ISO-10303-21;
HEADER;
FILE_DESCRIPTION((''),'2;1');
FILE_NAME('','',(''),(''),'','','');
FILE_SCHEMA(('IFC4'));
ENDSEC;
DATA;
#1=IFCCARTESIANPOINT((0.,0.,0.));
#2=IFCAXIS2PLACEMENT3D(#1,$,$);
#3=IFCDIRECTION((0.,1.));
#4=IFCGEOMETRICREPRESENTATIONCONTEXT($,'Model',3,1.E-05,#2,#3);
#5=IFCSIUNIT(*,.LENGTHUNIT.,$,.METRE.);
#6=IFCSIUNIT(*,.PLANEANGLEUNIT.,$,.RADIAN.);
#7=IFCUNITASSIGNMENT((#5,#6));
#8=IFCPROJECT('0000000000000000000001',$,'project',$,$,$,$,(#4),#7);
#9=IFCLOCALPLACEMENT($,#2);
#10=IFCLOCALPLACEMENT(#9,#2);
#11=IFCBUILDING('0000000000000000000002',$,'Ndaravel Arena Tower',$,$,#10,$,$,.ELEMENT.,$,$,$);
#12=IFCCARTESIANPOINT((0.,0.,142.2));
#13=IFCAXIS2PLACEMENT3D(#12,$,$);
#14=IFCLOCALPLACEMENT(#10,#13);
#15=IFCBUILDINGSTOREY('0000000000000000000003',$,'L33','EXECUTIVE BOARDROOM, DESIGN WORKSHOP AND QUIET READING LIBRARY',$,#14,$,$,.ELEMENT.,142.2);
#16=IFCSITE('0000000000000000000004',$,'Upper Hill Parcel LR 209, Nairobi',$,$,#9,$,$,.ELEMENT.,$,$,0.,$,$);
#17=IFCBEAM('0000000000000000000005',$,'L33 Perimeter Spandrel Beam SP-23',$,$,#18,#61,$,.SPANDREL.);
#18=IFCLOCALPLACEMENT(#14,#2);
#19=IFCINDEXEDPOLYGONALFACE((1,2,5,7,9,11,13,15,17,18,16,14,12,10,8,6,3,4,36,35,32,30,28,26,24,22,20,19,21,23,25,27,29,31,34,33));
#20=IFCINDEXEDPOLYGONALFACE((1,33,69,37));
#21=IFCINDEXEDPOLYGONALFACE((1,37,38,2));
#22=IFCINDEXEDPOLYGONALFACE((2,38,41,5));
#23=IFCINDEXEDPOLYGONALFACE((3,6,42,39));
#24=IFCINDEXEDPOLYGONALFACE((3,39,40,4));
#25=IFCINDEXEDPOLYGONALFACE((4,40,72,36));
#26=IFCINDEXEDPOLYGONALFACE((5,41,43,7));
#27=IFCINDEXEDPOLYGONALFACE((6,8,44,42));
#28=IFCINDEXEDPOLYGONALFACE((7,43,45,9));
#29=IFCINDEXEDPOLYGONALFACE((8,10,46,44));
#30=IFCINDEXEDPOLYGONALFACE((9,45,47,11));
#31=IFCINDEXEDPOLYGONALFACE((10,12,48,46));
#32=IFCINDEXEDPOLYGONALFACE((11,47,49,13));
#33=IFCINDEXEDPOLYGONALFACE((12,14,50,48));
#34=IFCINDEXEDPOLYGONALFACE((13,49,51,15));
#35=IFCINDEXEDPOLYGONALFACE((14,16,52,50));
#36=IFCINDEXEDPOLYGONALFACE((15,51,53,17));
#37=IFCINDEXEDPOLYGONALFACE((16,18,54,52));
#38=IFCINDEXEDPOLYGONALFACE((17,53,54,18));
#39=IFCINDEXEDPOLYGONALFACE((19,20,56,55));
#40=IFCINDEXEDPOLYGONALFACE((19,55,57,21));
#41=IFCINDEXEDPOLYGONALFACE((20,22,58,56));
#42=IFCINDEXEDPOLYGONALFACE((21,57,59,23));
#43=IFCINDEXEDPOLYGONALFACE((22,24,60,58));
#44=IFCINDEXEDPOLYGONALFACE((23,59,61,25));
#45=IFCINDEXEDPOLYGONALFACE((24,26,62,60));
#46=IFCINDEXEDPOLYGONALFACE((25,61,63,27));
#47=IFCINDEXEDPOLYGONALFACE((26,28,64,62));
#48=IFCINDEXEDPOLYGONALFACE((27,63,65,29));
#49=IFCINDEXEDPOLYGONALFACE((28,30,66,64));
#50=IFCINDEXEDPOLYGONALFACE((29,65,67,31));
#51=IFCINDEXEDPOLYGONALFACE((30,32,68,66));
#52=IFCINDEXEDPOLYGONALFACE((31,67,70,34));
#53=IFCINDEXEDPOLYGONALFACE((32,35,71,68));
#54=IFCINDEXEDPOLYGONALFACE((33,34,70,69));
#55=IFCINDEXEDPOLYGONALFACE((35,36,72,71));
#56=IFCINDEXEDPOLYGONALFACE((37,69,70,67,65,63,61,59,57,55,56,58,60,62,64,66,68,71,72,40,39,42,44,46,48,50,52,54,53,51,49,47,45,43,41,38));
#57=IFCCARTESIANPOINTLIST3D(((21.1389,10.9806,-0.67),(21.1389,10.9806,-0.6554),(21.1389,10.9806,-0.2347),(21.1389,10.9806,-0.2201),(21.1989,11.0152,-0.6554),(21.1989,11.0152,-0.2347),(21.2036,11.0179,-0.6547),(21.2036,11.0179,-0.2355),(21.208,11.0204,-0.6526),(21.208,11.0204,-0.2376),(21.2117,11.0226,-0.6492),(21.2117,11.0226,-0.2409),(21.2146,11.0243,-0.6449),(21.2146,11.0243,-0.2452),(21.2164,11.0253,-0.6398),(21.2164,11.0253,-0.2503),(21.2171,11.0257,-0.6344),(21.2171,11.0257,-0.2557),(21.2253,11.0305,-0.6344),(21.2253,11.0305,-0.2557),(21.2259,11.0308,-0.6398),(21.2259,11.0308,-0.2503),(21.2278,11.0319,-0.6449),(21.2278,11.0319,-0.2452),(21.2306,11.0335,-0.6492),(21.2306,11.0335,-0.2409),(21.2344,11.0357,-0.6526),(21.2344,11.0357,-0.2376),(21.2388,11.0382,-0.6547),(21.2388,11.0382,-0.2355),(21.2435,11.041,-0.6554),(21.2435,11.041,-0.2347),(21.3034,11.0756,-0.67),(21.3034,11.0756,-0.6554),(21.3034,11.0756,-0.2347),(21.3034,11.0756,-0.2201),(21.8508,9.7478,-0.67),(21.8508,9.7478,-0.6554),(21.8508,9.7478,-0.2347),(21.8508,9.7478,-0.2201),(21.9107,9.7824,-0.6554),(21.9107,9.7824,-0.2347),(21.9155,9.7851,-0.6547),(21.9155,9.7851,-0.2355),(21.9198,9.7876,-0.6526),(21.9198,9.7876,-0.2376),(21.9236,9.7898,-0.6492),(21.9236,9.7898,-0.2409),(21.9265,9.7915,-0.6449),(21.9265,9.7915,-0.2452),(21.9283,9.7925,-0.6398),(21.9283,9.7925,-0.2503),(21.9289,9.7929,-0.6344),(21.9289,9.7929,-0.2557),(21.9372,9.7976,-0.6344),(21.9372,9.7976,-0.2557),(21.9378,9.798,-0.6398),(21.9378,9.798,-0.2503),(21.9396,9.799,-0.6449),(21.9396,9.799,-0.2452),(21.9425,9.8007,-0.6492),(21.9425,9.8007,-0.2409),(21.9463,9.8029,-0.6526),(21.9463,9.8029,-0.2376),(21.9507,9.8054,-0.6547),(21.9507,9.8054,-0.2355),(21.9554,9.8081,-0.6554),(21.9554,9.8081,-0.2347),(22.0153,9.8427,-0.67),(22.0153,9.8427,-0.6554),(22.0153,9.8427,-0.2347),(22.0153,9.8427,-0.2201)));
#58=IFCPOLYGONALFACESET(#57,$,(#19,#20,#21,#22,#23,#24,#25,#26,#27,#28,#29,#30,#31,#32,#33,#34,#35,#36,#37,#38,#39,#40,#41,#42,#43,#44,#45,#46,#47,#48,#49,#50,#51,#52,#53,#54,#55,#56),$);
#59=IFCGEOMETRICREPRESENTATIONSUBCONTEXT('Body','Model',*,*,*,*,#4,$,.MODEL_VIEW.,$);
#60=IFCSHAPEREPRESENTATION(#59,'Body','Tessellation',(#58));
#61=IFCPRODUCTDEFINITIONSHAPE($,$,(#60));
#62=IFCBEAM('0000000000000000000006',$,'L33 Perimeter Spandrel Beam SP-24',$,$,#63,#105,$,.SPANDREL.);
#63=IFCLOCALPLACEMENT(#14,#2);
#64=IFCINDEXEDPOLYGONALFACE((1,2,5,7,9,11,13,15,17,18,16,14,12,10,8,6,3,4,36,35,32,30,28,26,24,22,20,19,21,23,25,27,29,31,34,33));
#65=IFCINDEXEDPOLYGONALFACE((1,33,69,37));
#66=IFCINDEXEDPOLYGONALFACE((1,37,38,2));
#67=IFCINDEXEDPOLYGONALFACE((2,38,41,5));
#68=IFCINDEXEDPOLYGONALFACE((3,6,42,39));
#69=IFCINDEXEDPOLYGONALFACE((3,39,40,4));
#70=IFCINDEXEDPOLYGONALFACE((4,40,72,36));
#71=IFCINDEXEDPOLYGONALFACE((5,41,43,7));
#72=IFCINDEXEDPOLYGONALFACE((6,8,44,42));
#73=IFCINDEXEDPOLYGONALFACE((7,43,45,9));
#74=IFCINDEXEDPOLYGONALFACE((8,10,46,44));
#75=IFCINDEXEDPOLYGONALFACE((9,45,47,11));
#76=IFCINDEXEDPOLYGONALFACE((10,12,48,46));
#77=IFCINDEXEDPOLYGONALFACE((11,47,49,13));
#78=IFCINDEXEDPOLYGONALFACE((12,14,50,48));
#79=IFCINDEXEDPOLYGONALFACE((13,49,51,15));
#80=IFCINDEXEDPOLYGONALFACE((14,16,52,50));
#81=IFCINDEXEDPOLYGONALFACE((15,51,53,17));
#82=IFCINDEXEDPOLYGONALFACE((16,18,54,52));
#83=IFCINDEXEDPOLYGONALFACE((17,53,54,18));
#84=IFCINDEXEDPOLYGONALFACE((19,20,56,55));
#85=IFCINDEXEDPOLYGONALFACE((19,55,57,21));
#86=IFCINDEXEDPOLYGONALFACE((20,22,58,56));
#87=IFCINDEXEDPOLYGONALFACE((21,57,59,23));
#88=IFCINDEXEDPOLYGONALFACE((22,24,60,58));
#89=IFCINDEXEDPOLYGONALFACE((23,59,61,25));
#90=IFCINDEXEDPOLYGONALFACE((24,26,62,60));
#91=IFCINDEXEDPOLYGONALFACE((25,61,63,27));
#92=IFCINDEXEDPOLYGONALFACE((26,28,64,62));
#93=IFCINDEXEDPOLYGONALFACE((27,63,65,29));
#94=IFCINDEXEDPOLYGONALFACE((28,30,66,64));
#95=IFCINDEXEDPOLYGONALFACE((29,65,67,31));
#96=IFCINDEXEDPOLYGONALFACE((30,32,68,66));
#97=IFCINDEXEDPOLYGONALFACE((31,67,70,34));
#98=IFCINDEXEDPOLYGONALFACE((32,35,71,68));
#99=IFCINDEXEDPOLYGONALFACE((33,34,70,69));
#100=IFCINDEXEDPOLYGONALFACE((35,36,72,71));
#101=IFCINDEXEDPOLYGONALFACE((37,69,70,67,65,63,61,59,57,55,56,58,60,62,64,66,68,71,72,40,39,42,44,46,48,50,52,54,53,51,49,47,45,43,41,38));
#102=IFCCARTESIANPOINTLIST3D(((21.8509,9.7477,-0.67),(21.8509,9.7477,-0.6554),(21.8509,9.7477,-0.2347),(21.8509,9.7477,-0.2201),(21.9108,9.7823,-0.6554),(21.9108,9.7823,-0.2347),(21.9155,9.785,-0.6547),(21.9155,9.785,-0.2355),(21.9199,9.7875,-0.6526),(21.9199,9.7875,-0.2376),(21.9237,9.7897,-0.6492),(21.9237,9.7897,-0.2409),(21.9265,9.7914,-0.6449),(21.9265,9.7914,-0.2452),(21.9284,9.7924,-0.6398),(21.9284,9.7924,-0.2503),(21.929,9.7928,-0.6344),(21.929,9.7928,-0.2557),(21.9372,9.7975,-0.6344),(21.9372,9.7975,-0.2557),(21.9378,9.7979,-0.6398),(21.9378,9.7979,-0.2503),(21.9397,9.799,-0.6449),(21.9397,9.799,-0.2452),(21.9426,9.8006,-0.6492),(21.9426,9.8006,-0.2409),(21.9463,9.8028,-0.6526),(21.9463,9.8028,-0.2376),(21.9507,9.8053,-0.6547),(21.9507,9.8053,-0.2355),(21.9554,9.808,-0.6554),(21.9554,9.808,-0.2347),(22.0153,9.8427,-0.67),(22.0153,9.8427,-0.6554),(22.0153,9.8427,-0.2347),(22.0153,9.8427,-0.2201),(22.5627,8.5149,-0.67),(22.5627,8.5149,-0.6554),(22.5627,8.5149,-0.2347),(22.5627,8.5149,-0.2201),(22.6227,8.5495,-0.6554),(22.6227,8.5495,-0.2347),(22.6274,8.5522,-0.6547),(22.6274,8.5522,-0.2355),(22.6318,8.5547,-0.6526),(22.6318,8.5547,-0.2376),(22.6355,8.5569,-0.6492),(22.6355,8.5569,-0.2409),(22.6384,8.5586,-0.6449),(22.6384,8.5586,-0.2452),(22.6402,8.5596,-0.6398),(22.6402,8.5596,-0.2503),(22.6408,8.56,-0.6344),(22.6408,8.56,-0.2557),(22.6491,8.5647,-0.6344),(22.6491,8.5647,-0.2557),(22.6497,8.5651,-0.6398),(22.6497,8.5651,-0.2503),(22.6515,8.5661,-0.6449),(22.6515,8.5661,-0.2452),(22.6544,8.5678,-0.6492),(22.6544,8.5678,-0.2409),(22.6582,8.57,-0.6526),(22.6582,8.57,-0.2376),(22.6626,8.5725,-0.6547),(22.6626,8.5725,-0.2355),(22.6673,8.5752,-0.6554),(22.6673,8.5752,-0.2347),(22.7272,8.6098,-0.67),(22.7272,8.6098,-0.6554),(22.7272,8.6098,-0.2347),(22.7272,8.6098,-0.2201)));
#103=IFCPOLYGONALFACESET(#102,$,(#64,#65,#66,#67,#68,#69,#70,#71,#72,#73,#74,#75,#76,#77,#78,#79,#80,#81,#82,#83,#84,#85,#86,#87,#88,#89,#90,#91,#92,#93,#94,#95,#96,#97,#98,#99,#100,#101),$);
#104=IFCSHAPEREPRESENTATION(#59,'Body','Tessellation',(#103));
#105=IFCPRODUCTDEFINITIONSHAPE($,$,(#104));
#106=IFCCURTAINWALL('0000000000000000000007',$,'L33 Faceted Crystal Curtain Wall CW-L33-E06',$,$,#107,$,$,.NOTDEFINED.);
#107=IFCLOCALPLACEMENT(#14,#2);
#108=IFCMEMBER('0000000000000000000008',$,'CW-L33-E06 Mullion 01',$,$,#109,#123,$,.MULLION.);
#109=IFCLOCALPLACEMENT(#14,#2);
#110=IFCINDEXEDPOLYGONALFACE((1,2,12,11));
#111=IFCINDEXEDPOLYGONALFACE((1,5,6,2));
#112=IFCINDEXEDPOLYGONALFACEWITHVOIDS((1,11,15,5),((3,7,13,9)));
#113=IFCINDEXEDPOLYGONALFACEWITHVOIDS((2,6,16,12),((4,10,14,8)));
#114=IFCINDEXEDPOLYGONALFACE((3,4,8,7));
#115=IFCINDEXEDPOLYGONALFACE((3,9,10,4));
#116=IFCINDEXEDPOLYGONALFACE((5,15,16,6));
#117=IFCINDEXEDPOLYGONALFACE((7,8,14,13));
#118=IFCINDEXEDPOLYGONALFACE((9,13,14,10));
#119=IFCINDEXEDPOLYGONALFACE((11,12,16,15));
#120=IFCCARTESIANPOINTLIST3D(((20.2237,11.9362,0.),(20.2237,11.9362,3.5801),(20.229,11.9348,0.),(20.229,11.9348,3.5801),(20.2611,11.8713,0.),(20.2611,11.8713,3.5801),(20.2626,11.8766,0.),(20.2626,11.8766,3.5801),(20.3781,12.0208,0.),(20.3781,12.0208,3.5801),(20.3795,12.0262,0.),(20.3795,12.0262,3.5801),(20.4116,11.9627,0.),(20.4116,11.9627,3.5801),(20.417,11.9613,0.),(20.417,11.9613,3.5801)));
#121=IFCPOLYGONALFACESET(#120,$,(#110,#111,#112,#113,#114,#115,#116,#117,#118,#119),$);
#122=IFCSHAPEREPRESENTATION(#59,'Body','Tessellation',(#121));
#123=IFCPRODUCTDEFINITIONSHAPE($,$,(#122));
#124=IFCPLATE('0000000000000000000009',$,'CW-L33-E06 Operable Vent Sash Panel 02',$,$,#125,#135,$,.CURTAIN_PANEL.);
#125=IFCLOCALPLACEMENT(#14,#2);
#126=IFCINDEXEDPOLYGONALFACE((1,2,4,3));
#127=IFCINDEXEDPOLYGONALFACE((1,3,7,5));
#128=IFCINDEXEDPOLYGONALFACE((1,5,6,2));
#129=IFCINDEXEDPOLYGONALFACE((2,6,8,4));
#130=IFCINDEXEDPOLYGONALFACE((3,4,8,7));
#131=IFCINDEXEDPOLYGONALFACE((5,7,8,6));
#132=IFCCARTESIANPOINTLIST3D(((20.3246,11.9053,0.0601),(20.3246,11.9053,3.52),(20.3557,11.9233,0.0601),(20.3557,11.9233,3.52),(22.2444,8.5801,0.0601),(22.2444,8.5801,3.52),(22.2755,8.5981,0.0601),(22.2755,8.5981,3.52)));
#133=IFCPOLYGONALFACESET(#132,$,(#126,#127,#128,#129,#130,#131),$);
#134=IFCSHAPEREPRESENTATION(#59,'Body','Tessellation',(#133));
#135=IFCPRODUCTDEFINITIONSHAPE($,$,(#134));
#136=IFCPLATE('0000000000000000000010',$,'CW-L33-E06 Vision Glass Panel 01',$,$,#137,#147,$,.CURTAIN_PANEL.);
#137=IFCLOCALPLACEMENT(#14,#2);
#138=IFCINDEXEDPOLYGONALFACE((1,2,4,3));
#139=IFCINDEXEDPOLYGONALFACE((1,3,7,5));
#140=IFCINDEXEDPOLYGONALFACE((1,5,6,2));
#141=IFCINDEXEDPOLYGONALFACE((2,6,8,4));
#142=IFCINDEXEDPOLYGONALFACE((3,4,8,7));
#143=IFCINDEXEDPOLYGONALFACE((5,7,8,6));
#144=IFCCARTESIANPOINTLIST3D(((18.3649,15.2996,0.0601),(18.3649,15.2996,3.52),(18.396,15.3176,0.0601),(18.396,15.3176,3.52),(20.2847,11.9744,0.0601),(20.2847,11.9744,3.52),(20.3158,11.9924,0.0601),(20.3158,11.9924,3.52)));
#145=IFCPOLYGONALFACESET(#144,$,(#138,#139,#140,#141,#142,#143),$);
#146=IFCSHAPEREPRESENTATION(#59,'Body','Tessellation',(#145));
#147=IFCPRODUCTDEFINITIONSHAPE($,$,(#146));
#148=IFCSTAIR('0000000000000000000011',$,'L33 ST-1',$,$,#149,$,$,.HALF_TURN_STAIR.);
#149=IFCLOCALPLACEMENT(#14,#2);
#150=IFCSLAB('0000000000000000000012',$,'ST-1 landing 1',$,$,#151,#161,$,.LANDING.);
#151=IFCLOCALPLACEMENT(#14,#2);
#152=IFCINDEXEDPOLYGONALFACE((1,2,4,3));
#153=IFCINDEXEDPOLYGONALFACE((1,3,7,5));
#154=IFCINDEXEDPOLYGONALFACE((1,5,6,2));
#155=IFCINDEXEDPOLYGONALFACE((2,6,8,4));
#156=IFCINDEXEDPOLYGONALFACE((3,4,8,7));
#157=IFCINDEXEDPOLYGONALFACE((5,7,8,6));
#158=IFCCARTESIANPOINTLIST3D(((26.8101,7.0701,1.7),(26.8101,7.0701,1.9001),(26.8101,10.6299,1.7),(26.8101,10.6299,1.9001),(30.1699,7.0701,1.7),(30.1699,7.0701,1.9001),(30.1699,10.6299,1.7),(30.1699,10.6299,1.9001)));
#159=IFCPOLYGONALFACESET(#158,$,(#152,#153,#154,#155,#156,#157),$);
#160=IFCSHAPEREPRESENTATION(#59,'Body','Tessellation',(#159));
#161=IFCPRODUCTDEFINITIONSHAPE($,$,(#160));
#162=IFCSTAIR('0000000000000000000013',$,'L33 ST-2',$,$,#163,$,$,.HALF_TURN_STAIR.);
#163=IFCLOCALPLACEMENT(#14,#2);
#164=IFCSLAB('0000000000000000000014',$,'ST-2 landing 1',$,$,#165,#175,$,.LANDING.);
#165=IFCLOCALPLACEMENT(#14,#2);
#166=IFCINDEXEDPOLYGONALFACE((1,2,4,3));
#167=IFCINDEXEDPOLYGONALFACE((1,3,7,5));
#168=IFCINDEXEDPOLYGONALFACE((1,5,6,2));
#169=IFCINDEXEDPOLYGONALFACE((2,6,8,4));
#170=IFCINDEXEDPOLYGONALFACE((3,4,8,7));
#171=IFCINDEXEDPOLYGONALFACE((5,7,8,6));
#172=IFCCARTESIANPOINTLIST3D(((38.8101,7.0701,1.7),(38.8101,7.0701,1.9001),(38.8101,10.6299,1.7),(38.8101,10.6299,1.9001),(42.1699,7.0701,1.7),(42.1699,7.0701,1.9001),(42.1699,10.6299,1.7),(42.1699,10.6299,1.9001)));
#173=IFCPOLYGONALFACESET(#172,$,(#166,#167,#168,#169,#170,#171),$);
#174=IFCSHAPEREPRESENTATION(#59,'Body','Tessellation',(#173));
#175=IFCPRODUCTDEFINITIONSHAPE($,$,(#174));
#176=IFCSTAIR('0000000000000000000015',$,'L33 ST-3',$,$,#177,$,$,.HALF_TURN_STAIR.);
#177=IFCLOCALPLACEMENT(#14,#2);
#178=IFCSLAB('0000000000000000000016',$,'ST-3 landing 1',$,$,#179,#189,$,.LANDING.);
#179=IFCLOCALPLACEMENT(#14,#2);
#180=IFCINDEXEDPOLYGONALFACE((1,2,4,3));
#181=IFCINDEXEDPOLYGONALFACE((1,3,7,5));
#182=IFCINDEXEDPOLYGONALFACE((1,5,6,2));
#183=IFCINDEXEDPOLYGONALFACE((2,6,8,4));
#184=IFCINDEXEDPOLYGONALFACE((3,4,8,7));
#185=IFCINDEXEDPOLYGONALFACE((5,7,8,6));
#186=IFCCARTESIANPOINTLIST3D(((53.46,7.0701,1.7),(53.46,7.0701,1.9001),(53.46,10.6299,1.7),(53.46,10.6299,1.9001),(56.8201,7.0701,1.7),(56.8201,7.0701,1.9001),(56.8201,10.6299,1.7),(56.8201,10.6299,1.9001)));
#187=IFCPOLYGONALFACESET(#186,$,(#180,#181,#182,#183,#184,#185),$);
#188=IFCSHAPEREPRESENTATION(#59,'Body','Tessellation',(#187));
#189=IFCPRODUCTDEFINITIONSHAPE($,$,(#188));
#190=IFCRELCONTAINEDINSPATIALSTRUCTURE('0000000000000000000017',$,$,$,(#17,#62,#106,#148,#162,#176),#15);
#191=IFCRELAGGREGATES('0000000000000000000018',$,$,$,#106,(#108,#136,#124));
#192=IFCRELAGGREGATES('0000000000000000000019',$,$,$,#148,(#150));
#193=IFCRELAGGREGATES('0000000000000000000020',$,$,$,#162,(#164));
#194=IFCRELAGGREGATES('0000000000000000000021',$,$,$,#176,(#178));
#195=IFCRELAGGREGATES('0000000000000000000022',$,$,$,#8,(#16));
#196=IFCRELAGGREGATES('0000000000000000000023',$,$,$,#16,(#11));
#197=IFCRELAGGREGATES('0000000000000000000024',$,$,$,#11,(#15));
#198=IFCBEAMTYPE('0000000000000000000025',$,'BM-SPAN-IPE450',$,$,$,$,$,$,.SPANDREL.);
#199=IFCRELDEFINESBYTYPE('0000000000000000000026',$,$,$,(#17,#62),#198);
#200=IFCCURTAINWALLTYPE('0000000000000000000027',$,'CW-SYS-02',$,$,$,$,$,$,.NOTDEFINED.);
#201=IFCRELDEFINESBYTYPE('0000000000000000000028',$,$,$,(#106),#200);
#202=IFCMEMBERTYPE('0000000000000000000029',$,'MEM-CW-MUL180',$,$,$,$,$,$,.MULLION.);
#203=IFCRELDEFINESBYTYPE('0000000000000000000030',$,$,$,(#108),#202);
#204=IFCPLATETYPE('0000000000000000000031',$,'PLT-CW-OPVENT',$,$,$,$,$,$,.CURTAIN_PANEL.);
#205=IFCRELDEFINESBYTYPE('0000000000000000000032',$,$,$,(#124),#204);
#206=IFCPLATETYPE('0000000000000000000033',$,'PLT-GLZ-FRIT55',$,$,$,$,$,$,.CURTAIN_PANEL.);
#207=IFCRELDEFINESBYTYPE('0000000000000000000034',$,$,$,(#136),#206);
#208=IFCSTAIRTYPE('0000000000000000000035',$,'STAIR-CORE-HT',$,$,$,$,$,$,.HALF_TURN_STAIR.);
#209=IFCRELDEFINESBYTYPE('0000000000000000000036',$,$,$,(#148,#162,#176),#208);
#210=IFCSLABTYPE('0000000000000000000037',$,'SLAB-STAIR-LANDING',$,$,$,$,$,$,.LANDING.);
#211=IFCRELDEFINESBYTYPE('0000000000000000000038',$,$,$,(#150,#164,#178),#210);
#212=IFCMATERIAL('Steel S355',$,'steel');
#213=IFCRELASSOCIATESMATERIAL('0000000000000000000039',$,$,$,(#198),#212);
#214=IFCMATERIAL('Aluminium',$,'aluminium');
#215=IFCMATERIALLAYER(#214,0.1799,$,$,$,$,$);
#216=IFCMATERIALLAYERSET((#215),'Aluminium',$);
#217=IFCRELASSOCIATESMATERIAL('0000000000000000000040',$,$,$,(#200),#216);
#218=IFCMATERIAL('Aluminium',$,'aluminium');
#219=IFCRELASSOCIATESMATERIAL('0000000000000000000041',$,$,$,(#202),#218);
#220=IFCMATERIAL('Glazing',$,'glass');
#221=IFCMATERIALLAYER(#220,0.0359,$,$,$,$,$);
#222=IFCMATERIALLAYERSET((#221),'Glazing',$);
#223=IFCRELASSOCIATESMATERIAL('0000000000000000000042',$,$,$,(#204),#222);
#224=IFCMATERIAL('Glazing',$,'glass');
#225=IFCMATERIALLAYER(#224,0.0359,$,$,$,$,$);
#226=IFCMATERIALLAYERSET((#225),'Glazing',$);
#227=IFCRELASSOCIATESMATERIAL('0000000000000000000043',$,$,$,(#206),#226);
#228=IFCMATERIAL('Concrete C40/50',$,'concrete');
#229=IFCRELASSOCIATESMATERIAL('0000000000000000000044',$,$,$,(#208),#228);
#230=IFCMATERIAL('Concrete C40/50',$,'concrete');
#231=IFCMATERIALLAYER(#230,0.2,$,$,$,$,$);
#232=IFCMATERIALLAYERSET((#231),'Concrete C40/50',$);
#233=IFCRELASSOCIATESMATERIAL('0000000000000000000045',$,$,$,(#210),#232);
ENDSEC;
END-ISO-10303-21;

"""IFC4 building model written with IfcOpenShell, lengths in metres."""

from ifc_helpers import new_model, si_unit, direction, frame, origin, origin_2d, place, context, subcontext, project, spatial, polyline, rectangle, hollow_rectangle, i_section, outline, extrude, material, layer, layer_set, material_profile, profile_set, type_object, element, aggregate, save


model = new_model("IFC4")

# Units and contexts
model_context = context("Model", 3, precision=1e-05, world=origin(), true_north=direction((0.0, 1.0)))
body_context = subcontext(model_context, "Body", "Model", "MODEL_VIEW")
ifc_project = project(units=[si_unit("LENGTHUNIT", "METRE"), si_unit("PLANEANGLEUNIT", "RADIAN")], contexts=[model_context])

# Site, building, storey
site_placement = place(None, origin())
site = spatial("IfcSite", under=ifc_project, at=site_placement, Name="Upper Hill Parcel LR 209, Nairobi", CompositionType="ELEMENT", RefElevation=0.0)
building_placement = place(site_placement, origin())
building = spatial("IfcBuilding", under=site, at=building_placement, Name="Ndaravel Arena Tower", CompositionType="ELEMENT")
storey_placement = place(building_placement, frame((0.0, 0.0, 142.2)))
storey = spatial("IfcBuildingStorey", under=building, at=storey_placement, Name="L33", Description="EXECUTIVE BOARDROOM, DESIGN WORKSHOP AND QUIET READING LIBRARY", CompositionType="ELEMENT", Elevation=142.2)

# Beams
ifc_material_1 = material(Name="Steel S355", Category="steel")
ifc_material_profile_1 = material_profile(ifc_material_1, i_section(OverallWidth=0.1899, OverallDepth=0.45, WebThickness=0.0095, FlangeThickness=0.0146, FilletRadius=0.021, at=origin_2d()), Name="IPE 450")
ifc_profile_set_1 = profile_set([ifc_material_profile_1], Name="Steel S355")
beam_type = type_object("IfcBeamType", Name="BM-SPAN-IPE450", PredefinedType="SPANDREL", material=ifc_profile_set_1)
for number, where, z_axis, x_axis, name in (
    (1, (21.2212, 11.0281, -0.4451), (0.500049, -0.865997, 0.0), (0.865997, 0.500049, 0.0), "L33 Perimeter Spandrel Beam SP-23"),
    (2, (21.9331, 9.7952, -0.4451), (0.500049, -0.865997, 0.0), (0.865997, 0.500049, 0.0), "L33 Perimeter Spandrel Beam SP-24"),
):
    element("IfcBeam", number, at=place(storey_placement, frame(where, z_axis=z_axis, x_axis=x_axis)), inside=storey, type_object=beam_type, Name=name, PredefinedType="SPANDREL", context=body_context, shape_type="SweptSolid", body=[
        extrude(i_section(OverallWidth=0.1899, OverallDepth=0.45, WebThickness=0.0095, FlangeThickness=0.0146, FilletRadius=0.021, at=origin_2d()), origin(), (0.0, 0.0, 1.0), 1.4236),
    ])

# Curtain wall, member, plates
ifc_material_2 = material(Name="Aluminium", Category="aluminium")
ifc_layer_1 = layer(ifc_material_2, 0.1799)
ifc_layer_set_1 = layer_set([ifc_layer_1], Name="Aluminium")
curtain_wall_type = type_object("IfcCurtainWallType", Name="CW-SYS-02", PredefinedType="NOTDEFINED", material=ifc_layer_set_1)
curtain_wall_placement = place(storey_placement, origin())
curtain_wall = element("IfcCurtainWall", 3, at=curtain_wall_placement, inside=storey, type_object=curtain_wall_type, Name="L33 Faceted Crystal Curtain Wall CW-L33-E06", PredefinedType="NOTDEFINED")
ifc_material_3 = material(Name="Aluminium", Category="aluminium")
ifc_material_profile_2 = material_profile(ifc_material_3, hollow_rectangle(XDim=0.075, YDim=0.1799, WallThickness=0.0039, at=origin_2d()), Name="CW MULLION 75x180x4")
ifc_profile_set_2 = profile_set([ifc_material_profile_2], Name="Aluminium")
member_type = type_object("IfcMemberType", Name="MEM-CW-MUL180", PredefinedType="MULLION", material=ifc_profile_set_2)
member_placement = place(storey_placement, frame((20.3203, 11.9487, 0.0), z_axis=(0.0, 0.0, 1.0), x_axis=(0.5, -0.866025, 0.0)))
member = element("IfcMember", 4, at=member_placement, type_object=member_type, Name="CW-L33-E06 Mullion 01", PredefinedType="MULLION", context=body_context, shape_type="SweptSolid", body=[
    extrude(hollow_rectangle(XDim=0.075, YDim=0.1799, WallThickness=0.0039, at=origin_2d()), origin(), (0.0, 0.0, 1.0), 3.5801),
])
ifc_material_4 = material(Name="Glazing", Category="glass")
ifc_layer_2 = layer(ifc_material_4, 0.0359)
ifc_layer_set_2 = layer_set([ifc_layer_2], Name="Glazing")
plate_type_1 = type_object("IfcPlateType", Name="PLT-CW-OPVENT", PredefinedType="CURTAIN_PANEL", material=ifc_layer_set_2)
plate_1_placement = place(storey_placement, frame((21.3, 10.2517, 0.0601), z_axis=(0.0, 0.0, 1.0), x_axis=(0.5, -0.866025, 0.0)))
plate_1 = element("IfcPlate", 5, at=plate_1_placement, type_object=plate_type_1, Name="CW-L33-E06 Operable Vent Sash Panel 02", PredefinedType="CURTAIN_PANEL", context=body_context, shape_type="SweptSolid", body=[
    extrude(rectangle(XDim=3.8396, YDim=0.0359, at=origin_2d()), origin(), (0.0, 0.0, 1.0), 3.46),
])
ifc_material_5 = material(Name="Glazing", Category="glass")
ifc_layer_3 = layer(ifc_material_5, 0.0359)
ifc_layer_set_3 = layer_set([ifc_layer_3], Name="Glazing")
plate_type_2 = type_object("IfcPlateType", Name="PLT-GLZ-FRIT55", PredefinedType="CURTAIN_PANEL", material=ifc_layer_set_3)
plate_2_placement = place(storey_placement, frame((19.3403, 13.646, 0.0601), z_axis=(0.0, 0.0, 1.0), x_axis=(0.5, -0.866025, 0.0)))
plate_2 = element("IfcPlate", 6, at=plate_2_placement, type_object=plate_type_2, Name="CW-L33-E06 Vision Glass Panel 01", PredefinedType="CURTAIN_PANEL", context=body_context, shape_type="SweptSolid", body=[
    extrude(rectangle(XDim=3.8396, YDim=0.0359, at=origin_2d()), origin(), (0.0, 0.0, 1.0), 3.46),
])
aggregate(curtain_wall, [member, plate_2, plate_1])

# Stairs, slabs
ifc_material_6 = material(Name="Concrete C40/50", Category="concrete")
stair_type = type_object("IfcStairType", Name="STAIR-CORE-HT", PredefinedType="HALF_TURN_STAIR", material=ifc_material_6)
stair_1_placement = place(storey_placement, origin())
stair_1 = element("IfcStair", 7, at=stair_1_placement, inside=storey, type_object=stair_type, Name="L33 ST-1", PredefinedType="HALF_TURN_STAIR")
ifc_material_7 = material(Name="Concrete C40/50", Category="concrete")
ifc_layer_4 = layer(ifc_material_7, 0.2)
ifc_layer_set_4 = layer_set([ifc_layer_4], Name="Concrete C40/50")
slab_type_1 = type_object("IfcSlabType", Name="SLAB-STAIR-LANDING", PredefinedType="LANDING", material=ifc_layer_set_4)
slab_1_placement = place(storey_placement, frame((0.0, 0.0, 1.7)))
slab_1 = element("IfcSlab", 8, at=slab_1_placement, type_object=slab_type_1, Name="ST-1 landing 1", PredefinedType="LANDING", context=body_context, shape_type="SweptSolid", body=[
    extrude(outline(polyline([(26.8101, 10.6299), (26.8101, 7.0701), (30.1699, 7.0701), (30.1699, 10.6299), (26.8101, 10.6299)])), origin(), (0.0, 0.0, 1.0), 0.2002),
])
aggregate(stair_1, [slab_1])
stair_2_placement = place(storey_placement, origin())
stair_2 = element("IfcStair", 9, at=stair_2_placement, inside=storey, type_object=stair_type, Name="L33 ST-2", PredefinedType="HALF_TURN_STAIR")
slab_2_placement = place(storey_placement, frame((0.0, 0.0, 1.7)))
slab_2 = element("IfcSlab", 10, at=slab_2_placement, type_object=slab_type_1, Name="ST-2 landing 1", PredefinedType="LANDING", context=body_context, shape_type="SweptSolid", body=[
    extrude(outline(polyline([(38.8101, 10.6299), (38.8101, 7.0701), (42.1699, 7.0701), (42.1699, 10.6299), (38.8101, 10.6299)])), origin(), (0.0, 0.0, 1.0), 0.2002),
])
aggregate(stair_2, [slab_2])
stair_3_placement = place(storey_placement, origin())
stair_3 = element("IfcStair", 11, at=stair_3_placement, inside=storey, type_object=stair_type, Name="L33 ST-3", PredefinedType="HALF_TURN_STAIR")
slab_3_placement = place(storey_placement, frame((0.0, 0.0, 1.7)))
slab_3 = element("IfcSlab", 12, at=slab_3_placement, type_object=slab_type_1, Name="ST-3 landing 1", PredefinedType="LANDING", context=body_context, shape_type="SweptSolid", body=[
    extrude(outline(polyline([(53.46, 10.6299), (53.46, 7.0701), (56.8201, 7.0701), (56.8201, 10.6299), (53.46, 10.6299)])), origin(), (0.0, 0.0, 1.0), 0.2002),
])
aggregate(stair_3, [slab_3])

save(model, "model.ifc")
